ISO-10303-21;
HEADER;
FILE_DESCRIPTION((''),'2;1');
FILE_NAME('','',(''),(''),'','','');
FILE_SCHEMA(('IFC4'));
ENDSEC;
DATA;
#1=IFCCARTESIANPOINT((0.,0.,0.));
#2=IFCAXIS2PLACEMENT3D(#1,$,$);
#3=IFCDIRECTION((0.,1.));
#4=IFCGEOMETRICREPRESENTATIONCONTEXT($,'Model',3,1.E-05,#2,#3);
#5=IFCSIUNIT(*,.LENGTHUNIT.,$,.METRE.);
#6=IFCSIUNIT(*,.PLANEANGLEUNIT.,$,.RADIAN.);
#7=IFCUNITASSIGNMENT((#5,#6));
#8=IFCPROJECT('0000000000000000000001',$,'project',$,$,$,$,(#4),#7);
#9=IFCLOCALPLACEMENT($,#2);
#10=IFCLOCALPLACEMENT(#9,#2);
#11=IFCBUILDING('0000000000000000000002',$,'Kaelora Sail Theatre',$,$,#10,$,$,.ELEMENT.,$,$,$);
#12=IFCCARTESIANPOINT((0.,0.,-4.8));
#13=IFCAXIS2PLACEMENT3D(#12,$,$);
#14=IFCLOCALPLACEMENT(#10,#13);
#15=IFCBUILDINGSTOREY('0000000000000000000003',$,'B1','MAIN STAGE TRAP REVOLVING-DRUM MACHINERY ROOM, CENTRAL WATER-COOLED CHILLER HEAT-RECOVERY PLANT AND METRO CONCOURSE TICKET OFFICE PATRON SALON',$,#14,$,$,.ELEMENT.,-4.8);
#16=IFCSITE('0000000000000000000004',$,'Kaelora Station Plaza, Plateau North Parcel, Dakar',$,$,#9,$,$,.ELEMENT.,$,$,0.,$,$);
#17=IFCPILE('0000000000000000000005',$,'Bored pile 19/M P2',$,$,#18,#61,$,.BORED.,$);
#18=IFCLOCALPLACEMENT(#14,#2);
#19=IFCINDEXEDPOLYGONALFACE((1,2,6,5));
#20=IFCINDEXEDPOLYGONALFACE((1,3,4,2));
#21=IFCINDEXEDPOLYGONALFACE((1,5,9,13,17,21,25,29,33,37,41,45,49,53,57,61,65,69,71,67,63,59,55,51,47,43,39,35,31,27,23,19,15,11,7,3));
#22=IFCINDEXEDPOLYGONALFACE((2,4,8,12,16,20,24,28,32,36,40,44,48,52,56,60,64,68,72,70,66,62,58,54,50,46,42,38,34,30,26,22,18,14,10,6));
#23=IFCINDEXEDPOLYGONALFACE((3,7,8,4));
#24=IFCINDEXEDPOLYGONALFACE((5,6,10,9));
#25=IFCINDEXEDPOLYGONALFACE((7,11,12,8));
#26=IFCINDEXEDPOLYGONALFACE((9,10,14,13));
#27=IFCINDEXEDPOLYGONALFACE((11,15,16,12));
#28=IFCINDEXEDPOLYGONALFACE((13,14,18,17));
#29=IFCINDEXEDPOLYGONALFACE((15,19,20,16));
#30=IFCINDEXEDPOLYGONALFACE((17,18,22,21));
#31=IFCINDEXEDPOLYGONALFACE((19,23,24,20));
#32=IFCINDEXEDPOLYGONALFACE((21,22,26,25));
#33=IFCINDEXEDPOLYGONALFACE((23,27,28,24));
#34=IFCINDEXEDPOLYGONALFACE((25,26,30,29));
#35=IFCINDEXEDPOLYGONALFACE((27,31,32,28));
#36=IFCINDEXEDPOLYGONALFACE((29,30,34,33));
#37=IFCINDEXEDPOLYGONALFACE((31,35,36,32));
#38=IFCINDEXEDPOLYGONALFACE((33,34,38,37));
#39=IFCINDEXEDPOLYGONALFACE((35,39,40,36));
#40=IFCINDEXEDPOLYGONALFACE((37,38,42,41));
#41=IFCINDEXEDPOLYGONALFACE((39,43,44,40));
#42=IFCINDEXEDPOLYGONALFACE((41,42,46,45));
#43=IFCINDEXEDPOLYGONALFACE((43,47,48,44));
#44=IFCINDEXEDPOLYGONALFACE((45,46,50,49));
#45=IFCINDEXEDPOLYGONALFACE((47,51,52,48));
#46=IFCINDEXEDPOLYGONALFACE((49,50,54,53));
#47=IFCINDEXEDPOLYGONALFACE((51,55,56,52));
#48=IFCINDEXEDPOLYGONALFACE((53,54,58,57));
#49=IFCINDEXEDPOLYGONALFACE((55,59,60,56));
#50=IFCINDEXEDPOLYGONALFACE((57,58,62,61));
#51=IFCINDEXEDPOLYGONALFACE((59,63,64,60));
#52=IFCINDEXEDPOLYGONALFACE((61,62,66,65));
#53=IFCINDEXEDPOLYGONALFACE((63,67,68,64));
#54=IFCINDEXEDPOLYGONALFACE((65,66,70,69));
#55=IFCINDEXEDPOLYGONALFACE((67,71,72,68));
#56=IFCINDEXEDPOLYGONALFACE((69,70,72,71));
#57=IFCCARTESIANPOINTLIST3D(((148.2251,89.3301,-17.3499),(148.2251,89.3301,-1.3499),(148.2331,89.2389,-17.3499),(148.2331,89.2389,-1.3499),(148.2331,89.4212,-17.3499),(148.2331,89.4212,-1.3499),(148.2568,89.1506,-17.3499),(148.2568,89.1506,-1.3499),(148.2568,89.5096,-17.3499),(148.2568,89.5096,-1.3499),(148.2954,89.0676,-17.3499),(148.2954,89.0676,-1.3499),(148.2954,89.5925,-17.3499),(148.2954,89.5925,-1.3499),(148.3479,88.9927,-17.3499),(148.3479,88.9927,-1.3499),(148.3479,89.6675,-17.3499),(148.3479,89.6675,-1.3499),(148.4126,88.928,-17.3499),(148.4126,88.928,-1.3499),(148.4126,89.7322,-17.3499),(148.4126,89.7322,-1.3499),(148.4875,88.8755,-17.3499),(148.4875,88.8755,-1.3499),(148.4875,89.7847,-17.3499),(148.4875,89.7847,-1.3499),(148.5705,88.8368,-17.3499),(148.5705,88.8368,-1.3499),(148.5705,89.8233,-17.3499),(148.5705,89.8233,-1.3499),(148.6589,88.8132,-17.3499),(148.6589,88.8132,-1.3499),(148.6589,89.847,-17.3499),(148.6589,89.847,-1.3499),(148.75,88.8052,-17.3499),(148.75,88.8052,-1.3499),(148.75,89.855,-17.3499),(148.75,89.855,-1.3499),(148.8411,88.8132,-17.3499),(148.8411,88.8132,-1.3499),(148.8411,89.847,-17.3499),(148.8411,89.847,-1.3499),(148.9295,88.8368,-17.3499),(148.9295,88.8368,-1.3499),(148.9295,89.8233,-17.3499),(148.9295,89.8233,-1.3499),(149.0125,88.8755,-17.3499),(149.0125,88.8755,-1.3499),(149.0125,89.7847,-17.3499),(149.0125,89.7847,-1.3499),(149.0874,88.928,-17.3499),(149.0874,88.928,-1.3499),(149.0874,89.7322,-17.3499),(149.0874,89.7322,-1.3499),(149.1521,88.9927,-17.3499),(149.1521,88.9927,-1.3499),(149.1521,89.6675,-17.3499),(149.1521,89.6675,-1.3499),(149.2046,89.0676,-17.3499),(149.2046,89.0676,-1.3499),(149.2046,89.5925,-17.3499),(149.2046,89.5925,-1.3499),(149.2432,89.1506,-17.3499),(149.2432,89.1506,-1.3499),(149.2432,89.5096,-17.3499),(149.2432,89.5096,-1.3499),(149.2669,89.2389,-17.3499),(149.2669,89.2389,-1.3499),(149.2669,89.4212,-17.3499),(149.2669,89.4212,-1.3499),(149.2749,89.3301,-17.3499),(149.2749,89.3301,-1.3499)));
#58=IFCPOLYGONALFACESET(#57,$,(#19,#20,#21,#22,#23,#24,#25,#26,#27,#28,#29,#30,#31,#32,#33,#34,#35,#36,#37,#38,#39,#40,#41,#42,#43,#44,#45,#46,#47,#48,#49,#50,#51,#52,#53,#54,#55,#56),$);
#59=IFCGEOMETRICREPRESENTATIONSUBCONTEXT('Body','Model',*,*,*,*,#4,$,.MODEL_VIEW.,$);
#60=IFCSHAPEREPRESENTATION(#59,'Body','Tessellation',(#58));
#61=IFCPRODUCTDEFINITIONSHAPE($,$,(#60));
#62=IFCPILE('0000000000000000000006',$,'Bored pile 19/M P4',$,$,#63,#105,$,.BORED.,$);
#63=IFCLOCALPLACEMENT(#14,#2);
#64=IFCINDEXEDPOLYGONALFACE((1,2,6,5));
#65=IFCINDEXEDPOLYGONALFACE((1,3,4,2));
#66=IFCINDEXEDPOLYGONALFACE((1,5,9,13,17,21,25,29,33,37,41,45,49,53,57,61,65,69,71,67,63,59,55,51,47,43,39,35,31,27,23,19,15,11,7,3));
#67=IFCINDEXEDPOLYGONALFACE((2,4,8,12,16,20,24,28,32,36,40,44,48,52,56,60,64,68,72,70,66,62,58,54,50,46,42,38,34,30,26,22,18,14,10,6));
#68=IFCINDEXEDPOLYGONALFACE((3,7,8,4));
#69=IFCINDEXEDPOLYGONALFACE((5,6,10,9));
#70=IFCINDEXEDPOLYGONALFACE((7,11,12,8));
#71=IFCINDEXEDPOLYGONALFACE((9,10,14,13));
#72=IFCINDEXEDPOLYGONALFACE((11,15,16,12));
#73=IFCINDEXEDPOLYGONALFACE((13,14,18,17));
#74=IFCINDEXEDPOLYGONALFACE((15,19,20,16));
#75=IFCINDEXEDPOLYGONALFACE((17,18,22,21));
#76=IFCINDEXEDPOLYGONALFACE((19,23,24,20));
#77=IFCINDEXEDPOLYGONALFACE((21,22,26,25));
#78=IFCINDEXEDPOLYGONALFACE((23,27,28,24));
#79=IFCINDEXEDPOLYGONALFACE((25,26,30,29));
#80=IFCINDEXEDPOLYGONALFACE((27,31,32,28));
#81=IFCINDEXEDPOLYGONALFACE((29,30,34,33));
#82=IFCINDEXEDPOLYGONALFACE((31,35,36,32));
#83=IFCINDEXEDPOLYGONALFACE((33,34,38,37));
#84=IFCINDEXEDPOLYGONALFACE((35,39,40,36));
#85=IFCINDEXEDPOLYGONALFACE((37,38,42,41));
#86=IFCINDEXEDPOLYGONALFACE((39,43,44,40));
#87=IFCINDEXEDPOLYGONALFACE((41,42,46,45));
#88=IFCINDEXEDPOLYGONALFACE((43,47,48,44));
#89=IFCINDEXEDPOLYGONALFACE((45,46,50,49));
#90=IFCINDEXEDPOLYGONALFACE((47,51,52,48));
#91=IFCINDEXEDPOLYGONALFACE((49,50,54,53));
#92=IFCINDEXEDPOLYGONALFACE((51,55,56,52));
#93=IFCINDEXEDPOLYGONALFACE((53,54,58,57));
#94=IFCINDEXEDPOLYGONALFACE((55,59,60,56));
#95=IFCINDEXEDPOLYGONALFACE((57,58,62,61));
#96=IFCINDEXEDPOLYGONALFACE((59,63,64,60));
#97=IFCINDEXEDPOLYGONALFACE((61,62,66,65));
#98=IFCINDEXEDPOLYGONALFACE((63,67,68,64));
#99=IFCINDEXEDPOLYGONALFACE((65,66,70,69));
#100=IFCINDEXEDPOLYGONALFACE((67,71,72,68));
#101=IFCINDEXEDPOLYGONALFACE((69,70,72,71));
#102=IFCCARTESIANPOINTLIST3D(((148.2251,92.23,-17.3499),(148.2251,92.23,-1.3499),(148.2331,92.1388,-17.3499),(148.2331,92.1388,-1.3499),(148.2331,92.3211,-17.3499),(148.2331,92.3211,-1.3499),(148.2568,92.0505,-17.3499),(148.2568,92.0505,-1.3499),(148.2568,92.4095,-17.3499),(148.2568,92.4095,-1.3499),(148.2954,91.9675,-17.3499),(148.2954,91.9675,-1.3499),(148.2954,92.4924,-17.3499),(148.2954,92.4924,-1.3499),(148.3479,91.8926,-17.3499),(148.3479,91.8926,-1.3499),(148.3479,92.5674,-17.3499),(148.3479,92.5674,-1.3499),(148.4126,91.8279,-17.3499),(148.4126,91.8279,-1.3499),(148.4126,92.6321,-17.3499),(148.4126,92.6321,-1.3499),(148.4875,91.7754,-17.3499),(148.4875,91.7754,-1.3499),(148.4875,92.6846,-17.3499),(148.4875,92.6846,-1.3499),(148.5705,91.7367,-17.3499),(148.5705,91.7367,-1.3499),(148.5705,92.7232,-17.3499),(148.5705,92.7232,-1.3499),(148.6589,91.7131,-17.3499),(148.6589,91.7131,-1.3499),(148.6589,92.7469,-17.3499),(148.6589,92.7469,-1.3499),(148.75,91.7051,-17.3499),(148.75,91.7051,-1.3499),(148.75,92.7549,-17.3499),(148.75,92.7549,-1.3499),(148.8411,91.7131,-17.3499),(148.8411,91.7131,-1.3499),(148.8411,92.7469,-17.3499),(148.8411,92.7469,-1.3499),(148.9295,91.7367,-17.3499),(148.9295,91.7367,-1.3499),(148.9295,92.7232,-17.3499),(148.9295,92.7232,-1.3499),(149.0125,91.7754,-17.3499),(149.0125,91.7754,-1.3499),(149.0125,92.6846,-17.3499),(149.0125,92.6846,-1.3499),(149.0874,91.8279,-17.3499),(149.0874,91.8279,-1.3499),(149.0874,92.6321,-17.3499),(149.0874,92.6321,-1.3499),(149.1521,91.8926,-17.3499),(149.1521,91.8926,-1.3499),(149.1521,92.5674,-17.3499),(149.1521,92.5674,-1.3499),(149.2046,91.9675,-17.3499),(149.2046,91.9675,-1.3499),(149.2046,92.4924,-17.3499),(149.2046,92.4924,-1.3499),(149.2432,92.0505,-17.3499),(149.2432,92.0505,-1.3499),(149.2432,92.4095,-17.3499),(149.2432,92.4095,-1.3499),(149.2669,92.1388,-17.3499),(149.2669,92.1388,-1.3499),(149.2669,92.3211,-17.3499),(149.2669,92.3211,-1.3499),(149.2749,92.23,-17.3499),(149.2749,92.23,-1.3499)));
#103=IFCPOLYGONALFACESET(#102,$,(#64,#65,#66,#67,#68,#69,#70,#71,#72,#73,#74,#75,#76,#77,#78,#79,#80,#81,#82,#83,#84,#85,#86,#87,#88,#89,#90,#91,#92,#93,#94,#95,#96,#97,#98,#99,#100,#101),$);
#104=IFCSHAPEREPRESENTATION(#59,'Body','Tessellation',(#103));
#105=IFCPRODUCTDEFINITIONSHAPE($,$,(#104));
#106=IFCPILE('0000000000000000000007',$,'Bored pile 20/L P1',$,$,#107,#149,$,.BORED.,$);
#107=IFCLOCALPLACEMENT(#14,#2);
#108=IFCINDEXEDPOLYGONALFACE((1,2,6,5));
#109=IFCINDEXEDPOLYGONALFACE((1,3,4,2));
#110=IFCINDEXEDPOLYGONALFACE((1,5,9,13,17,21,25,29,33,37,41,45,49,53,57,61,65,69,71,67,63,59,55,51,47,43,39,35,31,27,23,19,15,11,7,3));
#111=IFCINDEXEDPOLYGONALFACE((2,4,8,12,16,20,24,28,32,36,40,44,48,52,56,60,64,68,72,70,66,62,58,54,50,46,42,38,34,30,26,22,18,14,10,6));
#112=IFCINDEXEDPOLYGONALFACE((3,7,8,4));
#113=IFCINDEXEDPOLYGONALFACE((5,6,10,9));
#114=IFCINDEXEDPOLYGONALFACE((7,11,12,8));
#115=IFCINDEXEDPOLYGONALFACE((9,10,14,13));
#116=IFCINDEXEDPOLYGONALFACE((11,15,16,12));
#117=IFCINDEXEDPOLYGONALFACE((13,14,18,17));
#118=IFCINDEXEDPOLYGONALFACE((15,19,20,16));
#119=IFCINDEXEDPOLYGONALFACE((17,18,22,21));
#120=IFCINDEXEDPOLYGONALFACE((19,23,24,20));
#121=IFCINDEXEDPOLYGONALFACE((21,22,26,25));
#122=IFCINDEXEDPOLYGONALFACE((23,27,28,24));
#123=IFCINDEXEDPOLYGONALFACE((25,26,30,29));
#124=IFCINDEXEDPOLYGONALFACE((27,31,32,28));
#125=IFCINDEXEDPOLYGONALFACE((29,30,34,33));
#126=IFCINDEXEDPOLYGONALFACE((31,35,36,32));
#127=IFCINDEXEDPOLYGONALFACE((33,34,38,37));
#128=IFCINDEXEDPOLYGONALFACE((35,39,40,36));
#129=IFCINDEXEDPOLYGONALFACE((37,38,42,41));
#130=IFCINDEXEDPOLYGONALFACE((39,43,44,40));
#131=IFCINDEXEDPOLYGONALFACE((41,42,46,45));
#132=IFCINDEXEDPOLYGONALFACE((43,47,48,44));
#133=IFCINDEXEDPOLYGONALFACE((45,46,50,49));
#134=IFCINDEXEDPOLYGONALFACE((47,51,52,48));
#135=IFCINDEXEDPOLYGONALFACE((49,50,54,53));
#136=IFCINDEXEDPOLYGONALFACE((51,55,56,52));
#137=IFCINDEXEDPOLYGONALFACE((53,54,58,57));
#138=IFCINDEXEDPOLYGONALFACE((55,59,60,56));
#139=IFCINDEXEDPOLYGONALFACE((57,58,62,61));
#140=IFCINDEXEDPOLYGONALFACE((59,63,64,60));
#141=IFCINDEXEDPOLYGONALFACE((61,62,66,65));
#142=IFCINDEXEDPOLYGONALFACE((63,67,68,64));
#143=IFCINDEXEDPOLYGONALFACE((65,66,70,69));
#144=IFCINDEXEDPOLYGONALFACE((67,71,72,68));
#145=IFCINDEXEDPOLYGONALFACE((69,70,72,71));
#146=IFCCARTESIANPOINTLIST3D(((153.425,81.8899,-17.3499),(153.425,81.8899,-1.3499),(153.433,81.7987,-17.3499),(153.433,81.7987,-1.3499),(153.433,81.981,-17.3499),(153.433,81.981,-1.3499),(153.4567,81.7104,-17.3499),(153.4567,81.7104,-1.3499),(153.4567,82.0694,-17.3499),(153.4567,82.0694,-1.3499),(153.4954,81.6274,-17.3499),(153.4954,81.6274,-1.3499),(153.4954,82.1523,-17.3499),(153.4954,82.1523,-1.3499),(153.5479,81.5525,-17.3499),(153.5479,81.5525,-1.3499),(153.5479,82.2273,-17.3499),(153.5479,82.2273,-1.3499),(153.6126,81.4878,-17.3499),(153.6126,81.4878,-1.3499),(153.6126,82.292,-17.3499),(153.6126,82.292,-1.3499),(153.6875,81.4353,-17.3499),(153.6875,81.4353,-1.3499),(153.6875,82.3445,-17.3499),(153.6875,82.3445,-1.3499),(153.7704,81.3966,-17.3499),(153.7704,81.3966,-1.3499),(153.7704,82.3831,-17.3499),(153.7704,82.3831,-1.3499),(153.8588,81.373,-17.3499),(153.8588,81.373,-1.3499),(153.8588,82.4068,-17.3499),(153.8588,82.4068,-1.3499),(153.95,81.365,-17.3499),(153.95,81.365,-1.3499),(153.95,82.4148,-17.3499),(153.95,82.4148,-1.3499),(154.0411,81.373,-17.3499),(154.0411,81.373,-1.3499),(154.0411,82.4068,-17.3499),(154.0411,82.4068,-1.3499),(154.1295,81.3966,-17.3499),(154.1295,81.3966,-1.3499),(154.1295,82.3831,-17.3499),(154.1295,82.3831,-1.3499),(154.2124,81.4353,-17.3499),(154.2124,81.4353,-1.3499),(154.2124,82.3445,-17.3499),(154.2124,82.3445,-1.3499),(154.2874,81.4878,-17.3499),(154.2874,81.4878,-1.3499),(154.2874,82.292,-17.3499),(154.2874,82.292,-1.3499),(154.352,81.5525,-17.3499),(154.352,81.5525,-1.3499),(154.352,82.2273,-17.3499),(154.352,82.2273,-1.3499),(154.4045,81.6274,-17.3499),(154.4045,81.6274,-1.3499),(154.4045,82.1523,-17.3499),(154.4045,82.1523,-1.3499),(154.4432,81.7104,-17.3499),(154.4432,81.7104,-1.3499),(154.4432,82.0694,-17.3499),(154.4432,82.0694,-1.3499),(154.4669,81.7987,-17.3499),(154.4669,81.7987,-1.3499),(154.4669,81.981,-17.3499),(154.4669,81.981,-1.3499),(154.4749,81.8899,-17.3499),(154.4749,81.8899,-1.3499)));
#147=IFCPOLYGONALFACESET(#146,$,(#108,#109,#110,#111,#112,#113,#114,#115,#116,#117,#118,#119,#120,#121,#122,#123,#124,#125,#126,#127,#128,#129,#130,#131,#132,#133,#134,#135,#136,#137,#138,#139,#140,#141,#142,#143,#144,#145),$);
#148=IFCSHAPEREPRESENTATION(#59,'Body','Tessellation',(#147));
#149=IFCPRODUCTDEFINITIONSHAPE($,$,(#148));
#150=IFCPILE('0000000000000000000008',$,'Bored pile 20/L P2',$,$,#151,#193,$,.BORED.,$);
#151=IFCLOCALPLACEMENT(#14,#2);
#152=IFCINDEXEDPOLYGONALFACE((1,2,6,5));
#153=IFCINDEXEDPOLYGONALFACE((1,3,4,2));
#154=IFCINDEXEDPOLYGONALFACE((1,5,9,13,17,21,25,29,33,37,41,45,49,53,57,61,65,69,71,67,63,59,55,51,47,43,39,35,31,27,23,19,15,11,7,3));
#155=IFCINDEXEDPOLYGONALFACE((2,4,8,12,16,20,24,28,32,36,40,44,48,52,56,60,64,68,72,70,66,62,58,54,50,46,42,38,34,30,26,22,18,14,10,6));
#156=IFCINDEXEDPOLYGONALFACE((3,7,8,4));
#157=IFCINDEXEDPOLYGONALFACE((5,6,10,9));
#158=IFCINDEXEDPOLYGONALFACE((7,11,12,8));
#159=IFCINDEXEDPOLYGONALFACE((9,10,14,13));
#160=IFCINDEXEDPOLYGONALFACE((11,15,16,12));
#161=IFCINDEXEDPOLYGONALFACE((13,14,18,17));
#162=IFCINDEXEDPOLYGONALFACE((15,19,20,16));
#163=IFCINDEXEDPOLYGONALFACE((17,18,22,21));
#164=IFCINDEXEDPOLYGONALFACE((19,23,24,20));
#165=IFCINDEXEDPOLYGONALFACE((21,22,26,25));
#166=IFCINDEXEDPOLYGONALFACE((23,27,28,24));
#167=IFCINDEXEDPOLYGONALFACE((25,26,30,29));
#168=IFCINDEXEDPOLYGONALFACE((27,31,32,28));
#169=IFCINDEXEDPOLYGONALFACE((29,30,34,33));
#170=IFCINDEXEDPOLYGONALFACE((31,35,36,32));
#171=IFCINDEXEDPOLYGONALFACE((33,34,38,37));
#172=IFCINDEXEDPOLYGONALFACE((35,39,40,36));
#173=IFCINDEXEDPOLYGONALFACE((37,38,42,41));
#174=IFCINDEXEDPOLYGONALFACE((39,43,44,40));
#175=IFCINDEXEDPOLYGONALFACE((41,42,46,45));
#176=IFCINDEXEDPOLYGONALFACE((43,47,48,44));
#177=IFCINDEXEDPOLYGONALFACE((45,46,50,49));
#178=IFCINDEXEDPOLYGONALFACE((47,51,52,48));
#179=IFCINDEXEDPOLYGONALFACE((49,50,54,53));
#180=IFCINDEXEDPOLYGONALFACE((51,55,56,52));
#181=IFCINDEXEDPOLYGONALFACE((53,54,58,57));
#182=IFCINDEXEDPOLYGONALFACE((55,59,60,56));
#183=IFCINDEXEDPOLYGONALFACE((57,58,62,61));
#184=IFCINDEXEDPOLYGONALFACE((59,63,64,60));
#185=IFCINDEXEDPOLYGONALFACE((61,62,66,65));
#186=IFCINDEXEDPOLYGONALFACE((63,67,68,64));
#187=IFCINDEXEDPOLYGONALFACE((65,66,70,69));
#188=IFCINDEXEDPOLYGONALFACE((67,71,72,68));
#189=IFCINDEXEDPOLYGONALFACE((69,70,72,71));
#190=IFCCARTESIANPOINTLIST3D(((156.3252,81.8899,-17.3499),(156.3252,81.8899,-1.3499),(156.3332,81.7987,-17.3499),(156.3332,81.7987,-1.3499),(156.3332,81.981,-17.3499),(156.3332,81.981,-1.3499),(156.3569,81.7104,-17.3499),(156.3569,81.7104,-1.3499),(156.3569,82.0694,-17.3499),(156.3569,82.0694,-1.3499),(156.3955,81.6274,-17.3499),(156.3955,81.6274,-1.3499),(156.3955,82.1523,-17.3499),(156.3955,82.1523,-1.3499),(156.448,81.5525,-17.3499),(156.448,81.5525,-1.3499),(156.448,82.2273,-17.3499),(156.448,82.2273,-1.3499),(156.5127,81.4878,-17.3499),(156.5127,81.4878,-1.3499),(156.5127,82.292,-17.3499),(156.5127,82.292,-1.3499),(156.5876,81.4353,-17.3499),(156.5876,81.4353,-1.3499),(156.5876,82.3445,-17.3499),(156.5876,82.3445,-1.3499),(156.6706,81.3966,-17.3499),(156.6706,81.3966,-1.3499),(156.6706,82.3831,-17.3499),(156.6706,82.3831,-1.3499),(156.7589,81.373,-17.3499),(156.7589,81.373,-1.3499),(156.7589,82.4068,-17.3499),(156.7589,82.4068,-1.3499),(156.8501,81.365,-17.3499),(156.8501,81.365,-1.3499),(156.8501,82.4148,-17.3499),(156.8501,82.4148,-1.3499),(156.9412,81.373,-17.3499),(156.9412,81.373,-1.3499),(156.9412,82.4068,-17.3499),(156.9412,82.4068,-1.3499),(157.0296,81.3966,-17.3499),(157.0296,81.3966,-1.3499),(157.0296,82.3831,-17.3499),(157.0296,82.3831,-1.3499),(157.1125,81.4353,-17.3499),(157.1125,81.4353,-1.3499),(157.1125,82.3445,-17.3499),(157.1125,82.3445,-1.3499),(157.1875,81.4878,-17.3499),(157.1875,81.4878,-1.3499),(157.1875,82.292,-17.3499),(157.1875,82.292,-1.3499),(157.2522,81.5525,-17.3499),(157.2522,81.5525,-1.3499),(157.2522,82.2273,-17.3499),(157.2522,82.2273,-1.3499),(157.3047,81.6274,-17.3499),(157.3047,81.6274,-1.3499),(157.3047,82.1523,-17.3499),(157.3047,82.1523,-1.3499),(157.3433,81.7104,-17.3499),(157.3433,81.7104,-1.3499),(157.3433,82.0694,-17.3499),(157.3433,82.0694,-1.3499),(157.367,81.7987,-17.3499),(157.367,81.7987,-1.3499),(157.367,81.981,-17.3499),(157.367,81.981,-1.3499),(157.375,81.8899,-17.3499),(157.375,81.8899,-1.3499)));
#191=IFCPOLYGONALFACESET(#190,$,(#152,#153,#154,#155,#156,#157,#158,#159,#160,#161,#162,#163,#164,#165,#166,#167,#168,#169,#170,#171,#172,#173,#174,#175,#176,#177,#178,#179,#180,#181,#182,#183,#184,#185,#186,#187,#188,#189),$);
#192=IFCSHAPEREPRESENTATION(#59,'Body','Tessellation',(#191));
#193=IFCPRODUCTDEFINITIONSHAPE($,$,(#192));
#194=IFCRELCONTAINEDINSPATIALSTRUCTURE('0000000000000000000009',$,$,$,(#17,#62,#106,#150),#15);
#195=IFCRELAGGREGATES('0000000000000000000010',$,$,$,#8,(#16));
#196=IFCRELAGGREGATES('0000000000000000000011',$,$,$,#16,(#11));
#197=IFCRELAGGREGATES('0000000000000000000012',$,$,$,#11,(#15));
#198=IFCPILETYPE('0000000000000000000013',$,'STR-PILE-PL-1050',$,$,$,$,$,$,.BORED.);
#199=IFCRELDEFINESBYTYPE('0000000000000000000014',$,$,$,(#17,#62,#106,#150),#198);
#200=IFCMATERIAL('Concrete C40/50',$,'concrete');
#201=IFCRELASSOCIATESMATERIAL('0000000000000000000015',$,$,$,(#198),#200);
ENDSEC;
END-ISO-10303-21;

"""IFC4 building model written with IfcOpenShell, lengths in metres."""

from ifc_helpers import new_model, si_unit, direction, frame, origin, origin_2d, place, context, subcontext, project, spatial, circle, extrude, material, material_profile, profile_set, type_object, element, save


model = new_model("IFC4")

# Units and contexts
model_context = context("Model", 3, precision=1e-05, world=origin(), true_north=direction((0.0, 1.0)))
body_context = subcontext(model_context, "Body", "Model", "MODEL_VIEW")
ifc_project = project(units=[si_unit("LENGTHUNIT", "METRE"), si_unit("PLANEANGLEUNIT", "RADIAN")], contexts=[model_context])

# Site, building, storey
site_placement = place(None, origin())
site = spatial("IfcSite", under=ifc_project, at=site_placement, Name="Kaelora Station Plaza, Plateau North Parcel, Dakar", CompositionType="ELEMENT", RefElevation=0.0)
building_placement = place(site_placement, origin())
building = spatial("IfcBuilding", under=site, at=building_placement, Name="Kaelora Sail Theatre", CompositionType="ELEMENT")
storey_placement = place(building_placement, frame((0.0, 0.0, -4.8)))
storey = spatial("IfcBuildingStorey", under=building, at=storey_placement, Name="B1", Description="MAIN STAGE TRAP REVOLVING-DRUM MACHINERY ROOM, CENTRAL WATER-COOLED CHILLER HEAT-RECOVERY PLANT AND METRO CONCOURSE TICKET OFFICE PATRON SALON", CompositionType="ELEMENT", Elevation=-4.8)

# Piles
ifc_material_1 = material(Name="Concrete C40/50", Category="concrete")
ifc_material_profile_1 = material_profile(ifc_material_1, circle(Radius=0.5249, at=origin_2d()), Name="PILE D1050")
ifc_profile_set_1 = profile_set([ifc_material_profile_1], Name="Concrete C40/50")
pile_type_1 = type_object("IfcPileType", Name="STR-PILE-PL-1050", PredefinedType="BORED", material=ifc_profile_set_1)
for number, where, z_axis, x_axis, name in (
    (1, (148.75, 89.3301, -1.3499), (0.0, 0.0, -1.0), (1.0, 0.0, 0.0), "Bored pile 19/M P2"),
    (2, (148.75, 92.23, -1.3499), (0.0, 0.0, -1.0), (1.0, 0.0, 0.0), "Bored pile 19/M P4"),
    (3, (153.95, 81.8899, -1.3499), (0.0, 0.0, -1.0), (1.0, 0.0, 0.0), "Bored pile 20/L P1"),
    (4, (156.8501, 81.8899, -1.3499), (0.0, 0.0, -1.0), (1.0, 0.0, 0.0), "Bored pile 20/L P2"),
):
    element("IfcPile", number, at=place(storey_placement, frame(where, z_axis=z_axis, x_axis=x_axis)), inside=storey, type_object=pile_type_1, Name=name, PredefinedType="BORED", context=body_context, shape_type="SweptSolid", body=[
        extrude(circle(Radius=0.5249, at=origin_2d()), origin(), (0.0, 0.0, 1.0), 16.0),
    ])

save(model, "model.ifc")
